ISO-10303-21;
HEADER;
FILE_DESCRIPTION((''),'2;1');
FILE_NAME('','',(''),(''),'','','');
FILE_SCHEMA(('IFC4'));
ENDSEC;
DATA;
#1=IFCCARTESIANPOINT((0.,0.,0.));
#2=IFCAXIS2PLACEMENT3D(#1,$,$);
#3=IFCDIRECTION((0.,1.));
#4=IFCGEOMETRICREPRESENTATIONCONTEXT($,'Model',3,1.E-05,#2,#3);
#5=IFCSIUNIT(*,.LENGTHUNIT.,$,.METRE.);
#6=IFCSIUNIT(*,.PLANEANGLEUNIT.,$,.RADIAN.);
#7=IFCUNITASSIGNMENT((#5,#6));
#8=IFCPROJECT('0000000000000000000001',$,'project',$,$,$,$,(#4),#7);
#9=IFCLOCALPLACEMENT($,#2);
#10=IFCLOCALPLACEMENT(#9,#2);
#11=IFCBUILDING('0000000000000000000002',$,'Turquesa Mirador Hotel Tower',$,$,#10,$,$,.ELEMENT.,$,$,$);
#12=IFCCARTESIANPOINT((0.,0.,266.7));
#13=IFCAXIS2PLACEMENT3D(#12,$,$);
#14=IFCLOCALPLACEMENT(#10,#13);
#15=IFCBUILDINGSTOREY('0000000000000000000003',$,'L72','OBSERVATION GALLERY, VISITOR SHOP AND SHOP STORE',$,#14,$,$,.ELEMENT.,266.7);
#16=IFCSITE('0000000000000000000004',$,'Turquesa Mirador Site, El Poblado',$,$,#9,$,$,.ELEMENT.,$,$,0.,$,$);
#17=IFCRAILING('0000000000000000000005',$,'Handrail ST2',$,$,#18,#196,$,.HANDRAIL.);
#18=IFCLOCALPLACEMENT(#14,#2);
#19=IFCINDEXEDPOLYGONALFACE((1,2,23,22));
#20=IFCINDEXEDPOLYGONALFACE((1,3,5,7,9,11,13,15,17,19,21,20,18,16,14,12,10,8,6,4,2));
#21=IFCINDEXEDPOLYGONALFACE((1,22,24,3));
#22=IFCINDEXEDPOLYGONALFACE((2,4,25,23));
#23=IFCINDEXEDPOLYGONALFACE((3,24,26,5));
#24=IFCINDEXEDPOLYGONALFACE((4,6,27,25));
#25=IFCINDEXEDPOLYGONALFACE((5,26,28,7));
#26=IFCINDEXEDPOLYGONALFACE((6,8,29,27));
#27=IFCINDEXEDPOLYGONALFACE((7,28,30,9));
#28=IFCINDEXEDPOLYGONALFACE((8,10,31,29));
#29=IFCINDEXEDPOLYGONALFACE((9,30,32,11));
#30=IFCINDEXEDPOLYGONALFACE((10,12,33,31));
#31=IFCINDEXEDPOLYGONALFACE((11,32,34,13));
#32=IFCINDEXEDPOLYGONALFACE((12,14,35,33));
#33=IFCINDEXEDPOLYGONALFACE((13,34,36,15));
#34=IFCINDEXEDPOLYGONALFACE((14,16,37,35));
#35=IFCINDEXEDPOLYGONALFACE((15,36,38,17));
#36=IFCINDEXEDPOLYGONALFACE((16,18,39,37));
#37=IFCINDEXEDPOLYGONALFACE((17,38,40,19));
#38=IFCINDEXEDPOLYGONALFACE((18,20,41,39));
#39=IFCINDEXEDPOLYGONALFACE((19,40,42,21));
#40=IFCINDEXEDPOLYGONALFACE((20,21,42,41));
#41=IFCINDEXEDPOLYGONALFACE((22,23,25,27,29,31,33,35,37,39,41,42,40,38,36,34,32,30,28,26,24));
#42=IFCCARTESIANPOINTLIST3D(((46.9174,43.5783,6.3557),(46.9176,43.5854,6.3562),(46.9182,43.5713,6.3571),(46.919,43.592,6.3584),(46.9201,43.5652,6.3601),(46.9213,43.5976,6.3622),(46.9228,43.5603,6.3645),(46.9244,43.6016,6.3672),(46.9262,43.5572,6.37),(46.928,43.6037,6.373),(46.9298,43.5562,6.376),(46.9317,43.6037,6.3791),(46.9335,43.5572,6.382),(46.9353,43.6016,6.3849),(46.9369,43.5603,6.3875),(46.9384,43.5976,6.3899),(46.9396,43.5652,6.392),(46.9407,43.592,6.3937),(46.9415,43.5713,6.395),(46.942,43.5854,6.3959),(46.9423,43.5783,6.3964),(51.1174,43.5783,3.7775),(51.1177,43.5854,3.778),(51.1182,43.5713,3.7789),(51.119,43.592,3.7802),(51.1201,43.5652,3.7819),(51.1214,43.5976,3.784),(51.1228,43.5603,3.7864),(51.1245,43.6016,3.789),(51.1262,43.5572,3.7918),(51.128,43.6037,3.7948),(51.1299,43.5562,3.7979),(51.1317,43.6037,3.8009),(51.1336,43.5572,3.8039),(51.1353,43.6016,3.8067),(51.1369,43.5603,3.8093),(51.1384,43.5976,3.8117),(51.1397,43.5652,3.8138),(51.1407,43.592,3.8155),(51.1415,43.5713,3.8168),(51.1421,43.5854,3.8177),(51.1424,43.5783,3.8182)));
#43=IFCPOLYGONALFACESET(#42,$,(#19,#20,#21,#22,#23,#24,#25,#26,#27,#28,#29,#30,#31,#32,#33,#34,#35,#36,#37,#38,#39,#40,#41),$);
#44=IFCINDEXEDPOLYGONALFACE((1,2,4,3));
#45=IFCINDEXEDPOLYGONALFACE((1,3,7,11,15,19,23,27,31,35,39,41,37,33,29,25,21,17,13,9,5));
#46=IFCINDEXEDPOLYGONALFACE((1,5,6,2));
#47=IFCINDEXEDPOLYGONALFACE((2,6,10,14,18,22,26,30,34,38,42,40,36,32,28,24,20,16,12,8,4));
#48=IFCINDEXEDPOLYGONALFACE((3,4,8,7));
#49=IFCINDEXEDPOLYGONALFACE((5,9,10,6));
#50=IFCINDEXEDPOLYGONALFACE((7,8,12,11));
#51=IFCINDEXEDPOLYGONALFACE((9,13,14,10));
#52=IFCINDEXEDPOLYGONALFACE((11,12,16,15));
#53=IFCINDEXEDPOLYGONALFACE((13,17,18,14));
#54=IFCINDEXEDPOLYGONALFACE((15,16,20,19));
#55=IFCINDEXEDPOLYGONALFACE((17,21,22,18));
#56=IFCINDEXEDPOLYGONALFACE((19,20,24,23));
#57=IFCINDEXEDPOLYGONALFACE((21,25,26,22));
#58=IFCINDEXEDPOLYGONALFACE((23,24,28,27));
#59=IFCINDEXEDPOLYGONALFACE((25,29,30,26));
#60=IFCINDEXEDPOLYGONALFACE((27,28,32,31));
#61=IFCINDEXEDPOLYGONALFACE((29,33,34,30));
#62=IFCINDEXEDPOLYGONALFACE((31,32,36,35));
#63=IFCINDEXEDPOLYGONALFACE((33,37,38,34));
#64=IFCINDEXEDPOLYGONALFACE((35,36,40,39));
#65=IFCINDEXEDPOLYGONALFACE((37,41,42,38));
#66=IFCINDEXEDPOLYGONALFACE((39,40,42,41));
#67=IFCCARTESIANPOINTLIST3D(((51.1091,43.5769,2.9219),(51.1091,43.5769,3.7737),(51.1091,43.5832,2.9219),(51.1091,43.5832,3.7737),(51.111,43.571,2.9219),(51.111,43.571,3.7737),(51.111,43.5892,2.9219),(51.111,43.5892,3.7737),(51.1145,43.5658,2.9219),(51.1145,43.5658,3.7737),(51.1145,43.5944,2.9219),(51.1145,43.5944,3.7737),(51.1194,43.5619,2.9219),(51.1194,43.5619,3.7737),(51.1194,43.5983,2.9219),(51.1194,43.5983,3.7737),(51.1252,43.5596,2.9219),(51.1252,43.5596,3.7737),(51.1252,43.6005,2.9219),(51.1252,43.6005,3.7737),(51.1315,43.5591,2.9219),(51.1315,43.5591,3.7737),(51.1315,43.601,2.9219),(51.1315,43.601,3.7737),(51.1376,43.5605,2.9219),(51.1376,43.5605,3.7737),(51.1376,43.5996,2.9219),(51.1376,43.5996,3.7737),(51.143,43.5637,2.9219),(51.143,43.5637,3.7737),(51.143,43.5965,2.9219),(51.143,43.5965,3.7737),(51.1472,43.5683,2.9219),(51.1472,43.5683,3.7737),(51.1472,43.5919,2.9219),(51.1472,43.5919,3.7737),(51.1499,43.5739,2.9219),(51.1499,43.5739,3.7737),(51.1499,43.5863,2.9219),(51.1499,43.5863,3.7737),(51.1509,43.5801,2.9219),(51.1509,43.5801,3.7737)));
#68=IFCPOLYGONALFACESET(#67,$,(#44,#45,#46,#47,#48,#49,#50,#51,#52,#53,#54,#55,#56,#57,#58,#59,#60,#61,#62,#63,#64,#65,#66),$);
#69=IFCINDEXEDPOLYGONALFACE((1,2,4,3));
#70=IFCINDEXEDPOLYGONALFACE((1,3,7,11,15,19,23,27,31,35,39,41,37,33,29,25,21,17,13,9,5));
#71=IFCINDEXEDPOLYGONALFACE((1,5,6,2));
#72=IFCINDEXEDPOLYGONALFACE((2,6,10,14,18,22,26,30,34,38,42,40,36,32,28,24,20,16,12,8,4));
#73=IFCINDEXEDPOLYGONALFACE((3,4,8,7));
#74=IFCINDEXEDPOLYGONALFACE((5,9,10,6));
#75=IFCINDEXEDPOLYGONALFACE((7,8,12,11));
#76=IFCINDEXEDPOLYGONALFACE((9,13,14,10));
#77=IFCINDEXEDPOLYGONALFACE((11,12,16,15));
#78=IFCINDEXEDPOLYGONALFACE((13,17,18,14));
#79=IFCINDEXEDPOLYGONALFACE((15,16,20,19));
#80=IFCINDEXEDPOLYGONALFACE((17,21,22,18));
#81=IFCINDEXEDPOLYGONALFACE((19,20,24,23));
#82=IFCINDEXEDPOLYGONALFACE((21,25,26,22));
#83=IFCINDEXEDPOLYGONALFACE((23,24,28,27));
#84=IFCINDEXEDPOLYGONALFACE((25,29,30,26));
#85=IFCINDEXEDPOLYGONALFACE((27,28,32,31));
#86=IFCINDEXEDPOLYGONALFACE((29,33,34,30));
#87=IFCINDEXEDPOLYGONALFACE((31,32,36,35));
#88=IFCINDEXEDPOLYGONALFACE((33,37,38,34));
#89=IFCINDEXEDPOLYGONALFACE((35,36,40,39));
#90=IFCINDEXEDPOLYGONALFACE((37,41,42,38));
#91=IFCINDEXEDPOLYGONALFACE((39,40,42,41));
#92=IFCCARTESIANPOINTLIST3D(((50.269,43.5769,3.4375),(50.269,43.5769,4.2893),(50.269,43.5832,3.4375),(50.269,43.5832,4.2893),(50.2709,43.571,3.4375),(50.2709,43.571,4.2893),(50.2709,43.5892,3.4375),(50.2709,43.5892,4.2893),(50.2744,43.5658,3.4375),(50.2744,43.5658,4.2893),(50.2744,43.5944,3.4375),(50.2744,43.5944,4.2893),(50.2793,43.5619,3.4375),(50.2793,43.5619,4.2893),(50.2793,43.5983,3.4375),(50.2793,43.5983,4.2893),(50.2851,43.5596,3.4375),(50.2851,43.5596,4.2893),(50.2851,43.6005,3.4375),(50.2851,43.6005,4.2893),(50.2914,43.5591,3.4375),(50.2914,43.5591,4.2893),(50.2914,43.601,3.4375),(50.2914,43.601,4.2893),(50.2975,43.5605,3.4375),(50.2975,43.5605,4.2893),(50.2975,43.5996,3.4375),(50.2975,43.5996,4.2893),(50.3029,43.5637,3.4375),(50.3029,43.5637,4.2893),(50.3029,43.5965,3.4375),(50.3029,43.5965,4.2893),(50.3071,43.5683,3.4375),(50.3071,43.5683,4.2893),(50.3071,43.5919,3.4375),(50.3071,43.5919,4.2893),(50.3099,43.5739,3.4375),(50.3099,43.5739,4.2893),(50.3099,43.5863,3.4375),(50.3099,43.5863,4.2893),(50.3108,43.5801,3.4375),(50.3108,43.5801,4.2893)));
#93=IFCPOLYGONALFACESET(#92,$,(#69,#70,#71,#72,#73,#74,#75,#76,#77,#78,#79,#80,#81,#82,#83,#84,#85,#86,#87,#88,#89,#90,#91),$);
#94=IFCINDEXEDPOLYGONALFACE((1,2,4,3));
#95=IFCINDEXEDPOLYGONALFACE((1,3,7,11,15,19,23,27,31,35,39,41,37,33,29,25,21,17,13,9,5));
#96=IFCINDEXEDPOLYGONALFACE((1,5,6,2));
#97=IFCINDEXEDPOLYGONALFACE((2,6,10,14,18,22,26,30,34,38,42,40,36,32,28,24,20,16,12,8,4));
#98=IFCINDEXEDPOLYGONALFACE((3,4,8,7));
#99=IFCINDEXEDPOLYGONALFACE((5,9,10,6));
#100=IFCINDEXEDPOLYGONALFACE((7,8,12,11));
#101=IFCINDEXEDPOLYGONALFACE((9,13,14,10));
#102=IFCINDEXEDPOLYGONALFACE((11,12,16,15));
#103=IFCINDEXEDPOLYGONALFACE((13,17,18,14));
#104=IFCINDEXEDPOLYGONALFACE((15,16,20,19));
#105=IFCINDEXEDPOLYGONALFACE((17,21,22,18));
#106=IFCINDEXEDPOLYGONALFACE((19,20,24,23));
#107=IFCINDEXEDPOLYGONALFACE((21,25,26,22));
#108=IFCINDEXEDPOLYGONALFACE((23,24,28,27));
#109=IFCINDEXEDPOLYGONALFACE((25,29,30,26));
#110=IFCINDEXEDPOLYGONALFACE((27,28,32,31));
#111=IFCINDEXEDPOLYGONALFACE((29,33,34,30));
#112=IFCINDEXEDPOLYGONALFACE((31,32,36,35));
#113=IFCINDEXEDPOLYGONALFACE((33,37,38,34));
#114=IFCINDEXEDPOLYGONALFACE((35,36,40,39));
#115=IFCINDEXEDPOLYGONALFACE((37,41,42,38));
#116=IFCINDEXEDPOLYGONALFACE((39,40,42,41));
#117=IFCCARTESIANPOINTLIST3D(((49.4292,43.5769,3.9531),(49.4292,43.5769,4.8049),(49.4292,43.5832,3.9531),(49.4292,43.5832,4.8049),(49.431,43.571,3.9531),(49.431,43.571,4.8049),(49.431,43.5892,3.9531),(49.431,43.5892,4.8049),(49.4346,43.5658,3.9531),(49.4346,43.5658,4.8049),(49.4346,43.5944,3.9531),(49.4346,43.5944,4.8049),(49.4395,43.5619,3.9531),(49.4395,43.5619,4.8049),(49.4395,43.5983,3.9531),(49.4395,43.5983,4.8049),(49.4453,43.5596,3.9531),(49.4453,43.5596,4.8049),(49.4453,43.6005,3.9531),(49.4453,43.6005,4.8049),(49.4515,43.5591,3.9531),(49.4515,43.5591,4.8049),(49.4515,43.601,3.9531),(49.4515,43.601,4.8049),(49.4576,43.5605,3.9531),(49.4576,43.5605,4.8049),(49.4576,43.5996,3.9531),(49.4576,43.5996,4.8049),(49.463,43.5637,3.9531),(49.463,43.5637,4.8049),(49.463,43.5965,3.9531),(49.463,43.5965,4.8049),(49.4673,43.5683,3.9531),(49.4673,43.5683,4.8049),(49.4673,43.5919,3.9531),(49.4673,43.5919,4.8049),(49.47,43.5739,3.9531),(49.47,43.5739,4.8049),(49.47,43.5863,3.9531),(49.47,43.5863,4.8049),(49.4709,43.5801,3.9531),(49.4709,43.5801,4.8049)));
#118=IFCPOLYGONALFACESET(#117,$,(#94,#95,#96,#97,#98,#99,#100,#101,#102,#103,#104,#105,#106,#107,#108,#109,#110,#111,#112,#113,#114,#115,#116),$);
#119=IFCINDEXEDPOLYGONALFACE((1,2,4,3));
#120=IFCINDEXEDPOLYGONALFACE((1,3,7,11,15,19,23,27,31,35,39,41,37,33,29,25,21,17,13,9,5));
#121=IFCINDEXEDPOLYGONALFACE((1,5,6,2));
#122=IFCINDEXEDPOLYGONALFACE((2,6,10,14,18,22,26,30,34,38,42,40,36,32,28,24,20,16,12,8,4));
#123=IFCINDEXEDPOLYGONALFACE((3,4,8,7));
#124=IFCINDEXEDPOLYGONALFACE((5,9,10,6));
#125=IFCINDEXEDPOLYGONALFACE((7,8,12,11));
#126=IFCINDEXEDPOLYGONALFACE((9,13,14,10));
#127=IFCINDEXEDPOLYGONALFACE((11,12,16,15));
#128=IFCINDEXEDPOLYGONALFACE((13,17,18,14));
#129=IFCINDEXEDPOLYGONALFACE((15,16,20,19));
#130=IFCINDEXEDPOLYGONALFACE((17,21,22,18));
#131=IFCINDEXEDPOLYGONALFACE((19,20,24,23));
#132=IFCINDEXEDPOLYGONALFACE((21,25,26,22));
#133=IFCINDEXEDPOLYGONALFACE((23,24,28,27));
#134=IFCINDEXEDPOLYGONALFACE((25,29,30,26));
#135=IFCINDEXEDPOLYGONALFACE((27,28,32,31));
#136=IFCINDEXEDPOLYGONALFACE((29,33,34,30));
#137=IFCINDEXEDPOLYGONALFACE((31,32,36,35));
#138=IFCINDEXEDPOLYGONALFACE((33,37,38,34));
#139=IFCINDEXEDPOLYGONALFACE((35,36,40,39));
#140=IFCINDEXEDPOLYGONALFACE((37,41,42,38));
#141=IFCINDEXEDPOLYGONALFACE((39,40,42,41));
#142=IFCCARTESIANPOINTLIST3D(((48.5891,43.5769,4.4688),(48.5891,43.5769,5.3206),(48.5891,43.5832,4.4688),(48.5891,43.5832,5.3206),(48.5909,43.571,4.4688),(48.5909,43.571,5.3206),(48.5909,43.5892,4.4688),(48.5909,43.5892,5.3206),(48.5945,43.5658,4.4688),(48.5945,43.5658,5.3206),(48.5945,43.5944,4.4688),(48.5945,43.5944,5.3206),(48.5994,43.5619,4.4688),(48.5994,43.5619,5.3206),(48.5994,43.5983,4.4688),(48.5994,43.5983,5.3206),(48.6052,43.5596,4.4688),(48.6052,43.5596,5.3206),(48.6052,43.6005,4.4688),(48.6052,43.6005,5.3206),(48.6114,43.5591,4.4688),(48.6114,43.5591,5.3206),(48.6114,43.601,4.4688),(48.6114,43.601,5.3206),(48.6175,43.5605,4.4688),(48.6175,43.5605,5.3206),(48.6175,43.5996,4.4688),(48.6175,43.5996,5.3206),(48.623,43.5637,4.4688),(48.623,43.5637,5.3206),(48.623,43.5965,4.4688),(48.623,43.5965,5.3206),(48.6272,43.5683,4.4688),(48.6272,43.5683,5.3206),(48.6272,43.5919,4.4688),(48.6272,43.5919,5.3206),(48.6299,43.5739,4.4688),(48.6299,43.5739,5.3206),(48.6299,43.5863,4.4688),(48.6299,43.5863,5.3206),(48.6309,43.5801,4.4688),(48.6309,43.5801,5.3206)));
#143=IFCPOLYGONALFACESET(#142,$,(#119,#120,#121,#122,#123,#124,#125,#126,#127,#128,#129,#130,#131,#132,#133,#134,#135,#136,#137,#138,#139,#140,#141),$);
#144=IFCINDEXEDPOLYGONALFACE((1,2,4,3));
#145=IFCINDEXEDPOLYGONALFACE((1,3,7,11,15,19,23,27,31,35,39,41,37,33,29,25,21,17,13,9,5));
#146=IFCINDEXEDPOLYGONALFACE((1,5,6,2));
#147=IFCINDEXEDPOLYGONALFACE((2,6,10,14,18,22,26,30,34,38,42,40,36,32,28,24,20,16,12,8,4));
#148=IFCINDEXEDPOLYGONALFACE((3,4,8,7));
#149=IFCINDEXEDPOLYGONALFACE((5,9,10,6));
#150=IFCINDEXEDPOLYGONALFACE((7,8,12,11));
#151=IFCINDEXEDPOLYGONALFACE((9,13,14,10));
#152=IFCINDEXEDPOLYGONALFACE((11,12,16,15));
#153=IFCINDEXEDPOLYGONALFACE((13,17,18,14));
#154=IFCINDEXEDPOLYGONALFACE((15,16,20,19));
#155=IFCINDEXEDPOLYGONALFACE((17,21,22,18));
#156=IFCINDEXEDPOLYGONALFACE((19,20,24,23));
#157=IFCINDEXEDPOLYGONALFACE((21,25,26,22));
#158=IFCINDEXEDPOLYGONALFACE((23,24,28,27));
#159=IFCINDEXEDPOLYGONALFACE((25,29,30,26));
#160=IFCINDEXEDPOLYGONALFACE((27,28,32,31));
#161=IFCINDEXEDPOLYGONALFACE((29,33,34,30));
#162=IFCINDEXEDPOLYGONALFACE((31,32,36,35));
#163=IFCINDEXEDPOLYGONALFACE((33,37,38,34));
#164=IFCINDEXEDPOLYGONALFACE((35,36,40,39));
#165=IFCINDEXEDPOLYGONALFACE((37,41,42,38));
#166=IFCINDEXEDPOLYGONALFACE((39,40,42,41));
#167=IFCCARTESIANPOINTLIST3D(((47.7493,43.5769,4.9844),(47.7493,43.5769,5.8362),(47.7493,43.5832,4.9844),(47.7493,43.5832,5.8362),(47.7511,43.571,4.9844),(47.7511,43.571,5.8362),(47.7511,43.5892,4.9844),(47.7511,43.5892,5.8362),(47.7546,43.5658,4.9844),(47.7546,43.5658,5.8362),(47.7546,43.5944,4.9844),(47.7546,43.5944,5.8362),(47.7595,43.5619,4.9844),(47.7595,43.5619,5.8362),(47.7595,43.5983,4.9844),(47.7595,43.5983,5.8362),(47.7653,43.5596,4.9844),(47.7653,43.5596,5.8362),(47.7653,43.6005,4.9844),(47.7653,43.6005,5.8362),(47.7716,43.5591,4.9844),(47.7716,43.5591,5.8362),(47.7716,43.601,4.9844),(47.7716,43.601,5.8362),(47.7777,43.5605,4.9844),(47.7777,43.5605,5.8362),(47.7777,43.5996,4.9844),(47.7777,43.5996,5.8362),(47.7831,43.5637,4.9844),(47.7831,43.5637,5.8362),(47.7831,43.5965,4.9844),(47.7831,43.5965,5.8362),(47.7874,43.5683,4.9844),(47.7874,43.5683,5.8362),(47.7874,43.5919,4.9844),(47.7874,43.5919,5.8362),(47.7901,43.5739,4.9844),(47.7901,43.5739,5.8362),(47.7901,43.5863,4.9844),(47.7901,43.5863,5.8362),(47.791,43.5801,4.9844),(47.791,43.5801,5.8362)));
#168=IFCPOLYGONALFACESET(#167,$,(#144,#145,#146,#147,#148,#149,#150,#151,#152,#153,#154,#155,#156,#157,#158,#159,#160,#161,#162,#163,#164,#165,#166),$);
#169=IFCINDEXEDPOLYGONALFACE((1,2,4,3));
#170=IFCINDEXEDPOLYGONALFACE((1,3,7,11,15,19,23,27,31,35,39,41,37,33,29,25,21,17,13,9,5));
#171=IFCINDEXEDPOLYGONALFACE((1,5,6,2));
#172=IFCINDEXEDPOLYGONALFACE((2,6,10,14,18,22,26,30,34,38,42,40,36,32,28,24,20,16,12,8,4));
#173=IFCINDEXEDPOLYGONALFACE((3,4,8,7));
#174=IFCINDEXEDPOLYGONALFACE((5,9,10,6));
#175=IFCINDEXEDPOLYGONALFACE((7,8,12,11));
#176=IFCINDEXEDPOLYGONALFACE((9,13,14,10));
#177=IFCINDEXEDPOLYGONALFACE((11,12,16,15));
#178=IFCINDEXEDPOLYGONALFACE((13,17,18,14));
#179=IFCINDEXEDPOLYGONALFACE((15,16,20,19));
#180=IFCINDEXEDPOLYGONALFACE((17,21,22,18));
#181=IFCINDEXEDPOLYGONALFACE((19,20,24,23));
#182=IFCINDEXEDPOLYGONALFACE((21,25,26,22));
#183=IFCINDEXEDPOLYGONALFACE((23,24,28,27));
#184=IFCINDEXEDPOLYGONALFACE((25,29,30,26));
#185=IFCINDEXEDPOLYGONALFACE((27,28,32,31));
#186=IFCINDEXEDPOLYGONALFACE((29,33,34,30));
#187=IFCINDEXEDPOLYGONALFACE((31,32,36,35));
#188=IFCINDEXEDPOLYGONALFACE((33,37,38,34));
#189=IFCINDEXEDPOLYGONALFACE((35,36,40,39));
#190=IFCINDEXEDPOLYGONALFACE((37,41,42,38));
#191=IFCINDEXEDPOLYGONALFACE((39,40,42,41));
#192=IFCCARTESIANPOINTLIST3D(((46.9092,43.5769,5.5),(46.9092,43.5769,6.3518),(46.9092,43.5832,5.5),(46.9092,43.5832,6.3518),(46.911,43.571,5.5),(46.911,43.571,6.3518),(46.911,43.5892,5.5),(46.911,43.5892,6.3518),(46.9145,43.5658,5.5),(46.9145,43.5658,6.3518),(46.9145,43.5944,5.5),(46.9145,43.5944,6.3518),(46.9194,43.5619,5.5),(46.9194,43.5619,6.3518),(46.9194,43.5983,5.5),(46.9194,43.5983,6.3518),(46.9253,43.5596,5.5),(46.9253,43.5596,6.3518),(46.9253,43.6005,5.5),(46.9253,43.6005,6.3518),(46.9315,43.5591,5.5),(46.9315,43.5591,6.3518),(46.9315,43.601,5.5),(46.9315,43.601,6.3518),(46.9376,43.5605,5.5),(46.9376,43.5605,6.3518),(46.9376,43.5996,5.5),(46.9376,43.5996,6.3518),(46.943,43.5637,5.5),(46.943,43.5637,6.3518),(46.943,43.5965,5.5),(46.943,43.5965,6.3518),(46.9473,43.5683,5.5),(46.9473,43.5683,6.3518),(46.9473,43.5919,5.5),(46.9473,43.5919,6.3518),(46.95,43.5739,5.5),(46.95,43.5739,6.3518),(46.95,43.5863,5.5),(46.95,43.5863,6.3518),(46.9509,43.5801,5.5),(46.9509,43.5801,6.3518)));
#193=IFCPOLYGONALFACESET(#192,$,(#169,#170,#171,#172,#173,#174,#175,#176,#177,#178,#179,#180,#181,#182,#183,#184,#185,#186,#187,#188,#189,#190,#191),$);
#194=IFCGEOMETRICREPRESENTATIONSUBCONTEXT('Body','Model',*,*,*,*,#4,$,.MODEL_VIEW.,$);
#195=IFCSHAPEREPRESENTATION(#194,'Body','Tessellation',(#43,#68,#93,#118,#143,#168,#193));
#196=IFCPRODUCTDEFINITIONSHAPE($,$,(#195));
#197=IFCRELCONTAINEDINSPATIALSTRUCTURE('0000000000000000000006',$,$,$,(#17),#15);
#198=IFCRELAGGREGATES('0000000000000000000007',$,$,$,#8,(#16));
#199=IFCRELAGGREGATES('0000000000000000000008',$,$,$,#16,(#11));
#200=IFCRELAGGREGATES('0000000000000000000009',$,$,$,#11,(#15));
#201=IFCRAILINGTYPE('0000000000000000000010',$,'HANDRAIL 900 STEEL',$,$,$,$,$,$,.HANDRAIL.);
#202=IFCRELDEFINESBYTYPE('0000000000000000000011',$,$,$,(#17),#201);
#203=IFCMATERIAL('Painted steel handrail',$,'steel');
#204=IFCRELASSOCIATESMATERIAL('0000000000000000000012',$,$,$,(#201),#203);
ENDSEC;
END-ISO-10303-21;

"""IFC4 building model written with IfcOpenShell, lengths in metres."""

from ifc_helpers import new_model, si_unit, direction, frame, origin, origin_2d, place, context, subcontext, project, spatial, circle, extrude, material, type_object, element, save


model = new_model("IFC4")

# Units and contexts
model_context = context("Model", 3, precision=1e-05, world=origin(), true_north=direction((0.0, 1.0)))
body_context = subcontext(model_context, "Body", "Model", "MODEL_VIEW")
ifc_project = project(units=[si_unit("LENGTHUNIT", "METRE"), si_unit("PLANEANGLEUNIT", "RADIAN")], contexts=[model_context])

# Site, building, storey
site_placement = place(None, origin())
site = spatial("IfcSite", under=ifc_project, at=site_placement, Name="Turquesa Mirador Site, El Poblado", CompositionType="ELEMENT", RefElevation=0.0)
building_placement = place(site_placement, origin())
building = spatial("IfcBuilding", under=site, at=building_placement, Name="Turquesa Mirador Hotel Tower", CompositionType="ELEMENT")
storey_placement = place(building_placement, frame((0.0, 0.0, 266.7)))
storey = spatial("IfcBuildingStorey", under=building, at=storey_placement, Name="L72", Description="OBSERVATION GALLERY, VISITOR SHOP AND SHOP STORE", CompositionType="ELEMENT", Elevation=266.7)

# Railing
ifc_material_1 = material(Name="Painted steel handrail", Category="steel")
railing_type = type_object("IfcRailingType", Name="HANDRAIL 900 STEEL", PredefinedType="HANDRAIL", material=ifc_material_1)
railing_1_placement = place(storey_placement, frame((51.1299, 43.5801, 2.9219)))
element("IfcRailing", 1, at=railing_1_placement, inside=storey, type_object=railing_type, Name="Handrail ST2", PredefinedType="HANDRAIL", context=body_context, shape_type="SweptSolid", body=[
    extrude(circle(Radius=0.0239, at=origin_2d()), frame((0.0, 0.0, 0.876), z_axis=(-0.852243, 0.0, 0.523146), x_axis=(0.0, -1.0, 0.0)), (0.0, 0.0, 1.0), 4.9282),
    extrude(circle(Radius=0.021, at=origin_2d()), origin(), (0.0, 0.0, 1.0), 0.8518),
    extrude(circle(Radius=0.021, at=origin_2d()), frame((-0.8401, 0.0, 0.5156)), (0.0, 0.0, 1.0), 0.8518),
    extrude(circle(Radius=0.021, at=origin_2d()), frame((-1.6799, 0.0, 1.0312)), (0.0, 0.0, 1.0), 0.8518),
    extrude(circle(Radius=0.021, at=origin_2d()), frame((-2.52, 0.0, 1.5469)), (0.0, 0.0, 1.0), 0.8518),
    extrude(circle(Radius=0.021, at=origin_2d()), frame((-3.3599, 0.0, 2.0625)), (0.0, 0.0, 1.0), 0.8518),
    extrude(circle(Radius=0.021, at=origin_2d()), frame((-4.2, 0.0, 2.5781)), (0.0, 0.0, 1.0), 0.8518),
])

save(model, "model.ifc")
